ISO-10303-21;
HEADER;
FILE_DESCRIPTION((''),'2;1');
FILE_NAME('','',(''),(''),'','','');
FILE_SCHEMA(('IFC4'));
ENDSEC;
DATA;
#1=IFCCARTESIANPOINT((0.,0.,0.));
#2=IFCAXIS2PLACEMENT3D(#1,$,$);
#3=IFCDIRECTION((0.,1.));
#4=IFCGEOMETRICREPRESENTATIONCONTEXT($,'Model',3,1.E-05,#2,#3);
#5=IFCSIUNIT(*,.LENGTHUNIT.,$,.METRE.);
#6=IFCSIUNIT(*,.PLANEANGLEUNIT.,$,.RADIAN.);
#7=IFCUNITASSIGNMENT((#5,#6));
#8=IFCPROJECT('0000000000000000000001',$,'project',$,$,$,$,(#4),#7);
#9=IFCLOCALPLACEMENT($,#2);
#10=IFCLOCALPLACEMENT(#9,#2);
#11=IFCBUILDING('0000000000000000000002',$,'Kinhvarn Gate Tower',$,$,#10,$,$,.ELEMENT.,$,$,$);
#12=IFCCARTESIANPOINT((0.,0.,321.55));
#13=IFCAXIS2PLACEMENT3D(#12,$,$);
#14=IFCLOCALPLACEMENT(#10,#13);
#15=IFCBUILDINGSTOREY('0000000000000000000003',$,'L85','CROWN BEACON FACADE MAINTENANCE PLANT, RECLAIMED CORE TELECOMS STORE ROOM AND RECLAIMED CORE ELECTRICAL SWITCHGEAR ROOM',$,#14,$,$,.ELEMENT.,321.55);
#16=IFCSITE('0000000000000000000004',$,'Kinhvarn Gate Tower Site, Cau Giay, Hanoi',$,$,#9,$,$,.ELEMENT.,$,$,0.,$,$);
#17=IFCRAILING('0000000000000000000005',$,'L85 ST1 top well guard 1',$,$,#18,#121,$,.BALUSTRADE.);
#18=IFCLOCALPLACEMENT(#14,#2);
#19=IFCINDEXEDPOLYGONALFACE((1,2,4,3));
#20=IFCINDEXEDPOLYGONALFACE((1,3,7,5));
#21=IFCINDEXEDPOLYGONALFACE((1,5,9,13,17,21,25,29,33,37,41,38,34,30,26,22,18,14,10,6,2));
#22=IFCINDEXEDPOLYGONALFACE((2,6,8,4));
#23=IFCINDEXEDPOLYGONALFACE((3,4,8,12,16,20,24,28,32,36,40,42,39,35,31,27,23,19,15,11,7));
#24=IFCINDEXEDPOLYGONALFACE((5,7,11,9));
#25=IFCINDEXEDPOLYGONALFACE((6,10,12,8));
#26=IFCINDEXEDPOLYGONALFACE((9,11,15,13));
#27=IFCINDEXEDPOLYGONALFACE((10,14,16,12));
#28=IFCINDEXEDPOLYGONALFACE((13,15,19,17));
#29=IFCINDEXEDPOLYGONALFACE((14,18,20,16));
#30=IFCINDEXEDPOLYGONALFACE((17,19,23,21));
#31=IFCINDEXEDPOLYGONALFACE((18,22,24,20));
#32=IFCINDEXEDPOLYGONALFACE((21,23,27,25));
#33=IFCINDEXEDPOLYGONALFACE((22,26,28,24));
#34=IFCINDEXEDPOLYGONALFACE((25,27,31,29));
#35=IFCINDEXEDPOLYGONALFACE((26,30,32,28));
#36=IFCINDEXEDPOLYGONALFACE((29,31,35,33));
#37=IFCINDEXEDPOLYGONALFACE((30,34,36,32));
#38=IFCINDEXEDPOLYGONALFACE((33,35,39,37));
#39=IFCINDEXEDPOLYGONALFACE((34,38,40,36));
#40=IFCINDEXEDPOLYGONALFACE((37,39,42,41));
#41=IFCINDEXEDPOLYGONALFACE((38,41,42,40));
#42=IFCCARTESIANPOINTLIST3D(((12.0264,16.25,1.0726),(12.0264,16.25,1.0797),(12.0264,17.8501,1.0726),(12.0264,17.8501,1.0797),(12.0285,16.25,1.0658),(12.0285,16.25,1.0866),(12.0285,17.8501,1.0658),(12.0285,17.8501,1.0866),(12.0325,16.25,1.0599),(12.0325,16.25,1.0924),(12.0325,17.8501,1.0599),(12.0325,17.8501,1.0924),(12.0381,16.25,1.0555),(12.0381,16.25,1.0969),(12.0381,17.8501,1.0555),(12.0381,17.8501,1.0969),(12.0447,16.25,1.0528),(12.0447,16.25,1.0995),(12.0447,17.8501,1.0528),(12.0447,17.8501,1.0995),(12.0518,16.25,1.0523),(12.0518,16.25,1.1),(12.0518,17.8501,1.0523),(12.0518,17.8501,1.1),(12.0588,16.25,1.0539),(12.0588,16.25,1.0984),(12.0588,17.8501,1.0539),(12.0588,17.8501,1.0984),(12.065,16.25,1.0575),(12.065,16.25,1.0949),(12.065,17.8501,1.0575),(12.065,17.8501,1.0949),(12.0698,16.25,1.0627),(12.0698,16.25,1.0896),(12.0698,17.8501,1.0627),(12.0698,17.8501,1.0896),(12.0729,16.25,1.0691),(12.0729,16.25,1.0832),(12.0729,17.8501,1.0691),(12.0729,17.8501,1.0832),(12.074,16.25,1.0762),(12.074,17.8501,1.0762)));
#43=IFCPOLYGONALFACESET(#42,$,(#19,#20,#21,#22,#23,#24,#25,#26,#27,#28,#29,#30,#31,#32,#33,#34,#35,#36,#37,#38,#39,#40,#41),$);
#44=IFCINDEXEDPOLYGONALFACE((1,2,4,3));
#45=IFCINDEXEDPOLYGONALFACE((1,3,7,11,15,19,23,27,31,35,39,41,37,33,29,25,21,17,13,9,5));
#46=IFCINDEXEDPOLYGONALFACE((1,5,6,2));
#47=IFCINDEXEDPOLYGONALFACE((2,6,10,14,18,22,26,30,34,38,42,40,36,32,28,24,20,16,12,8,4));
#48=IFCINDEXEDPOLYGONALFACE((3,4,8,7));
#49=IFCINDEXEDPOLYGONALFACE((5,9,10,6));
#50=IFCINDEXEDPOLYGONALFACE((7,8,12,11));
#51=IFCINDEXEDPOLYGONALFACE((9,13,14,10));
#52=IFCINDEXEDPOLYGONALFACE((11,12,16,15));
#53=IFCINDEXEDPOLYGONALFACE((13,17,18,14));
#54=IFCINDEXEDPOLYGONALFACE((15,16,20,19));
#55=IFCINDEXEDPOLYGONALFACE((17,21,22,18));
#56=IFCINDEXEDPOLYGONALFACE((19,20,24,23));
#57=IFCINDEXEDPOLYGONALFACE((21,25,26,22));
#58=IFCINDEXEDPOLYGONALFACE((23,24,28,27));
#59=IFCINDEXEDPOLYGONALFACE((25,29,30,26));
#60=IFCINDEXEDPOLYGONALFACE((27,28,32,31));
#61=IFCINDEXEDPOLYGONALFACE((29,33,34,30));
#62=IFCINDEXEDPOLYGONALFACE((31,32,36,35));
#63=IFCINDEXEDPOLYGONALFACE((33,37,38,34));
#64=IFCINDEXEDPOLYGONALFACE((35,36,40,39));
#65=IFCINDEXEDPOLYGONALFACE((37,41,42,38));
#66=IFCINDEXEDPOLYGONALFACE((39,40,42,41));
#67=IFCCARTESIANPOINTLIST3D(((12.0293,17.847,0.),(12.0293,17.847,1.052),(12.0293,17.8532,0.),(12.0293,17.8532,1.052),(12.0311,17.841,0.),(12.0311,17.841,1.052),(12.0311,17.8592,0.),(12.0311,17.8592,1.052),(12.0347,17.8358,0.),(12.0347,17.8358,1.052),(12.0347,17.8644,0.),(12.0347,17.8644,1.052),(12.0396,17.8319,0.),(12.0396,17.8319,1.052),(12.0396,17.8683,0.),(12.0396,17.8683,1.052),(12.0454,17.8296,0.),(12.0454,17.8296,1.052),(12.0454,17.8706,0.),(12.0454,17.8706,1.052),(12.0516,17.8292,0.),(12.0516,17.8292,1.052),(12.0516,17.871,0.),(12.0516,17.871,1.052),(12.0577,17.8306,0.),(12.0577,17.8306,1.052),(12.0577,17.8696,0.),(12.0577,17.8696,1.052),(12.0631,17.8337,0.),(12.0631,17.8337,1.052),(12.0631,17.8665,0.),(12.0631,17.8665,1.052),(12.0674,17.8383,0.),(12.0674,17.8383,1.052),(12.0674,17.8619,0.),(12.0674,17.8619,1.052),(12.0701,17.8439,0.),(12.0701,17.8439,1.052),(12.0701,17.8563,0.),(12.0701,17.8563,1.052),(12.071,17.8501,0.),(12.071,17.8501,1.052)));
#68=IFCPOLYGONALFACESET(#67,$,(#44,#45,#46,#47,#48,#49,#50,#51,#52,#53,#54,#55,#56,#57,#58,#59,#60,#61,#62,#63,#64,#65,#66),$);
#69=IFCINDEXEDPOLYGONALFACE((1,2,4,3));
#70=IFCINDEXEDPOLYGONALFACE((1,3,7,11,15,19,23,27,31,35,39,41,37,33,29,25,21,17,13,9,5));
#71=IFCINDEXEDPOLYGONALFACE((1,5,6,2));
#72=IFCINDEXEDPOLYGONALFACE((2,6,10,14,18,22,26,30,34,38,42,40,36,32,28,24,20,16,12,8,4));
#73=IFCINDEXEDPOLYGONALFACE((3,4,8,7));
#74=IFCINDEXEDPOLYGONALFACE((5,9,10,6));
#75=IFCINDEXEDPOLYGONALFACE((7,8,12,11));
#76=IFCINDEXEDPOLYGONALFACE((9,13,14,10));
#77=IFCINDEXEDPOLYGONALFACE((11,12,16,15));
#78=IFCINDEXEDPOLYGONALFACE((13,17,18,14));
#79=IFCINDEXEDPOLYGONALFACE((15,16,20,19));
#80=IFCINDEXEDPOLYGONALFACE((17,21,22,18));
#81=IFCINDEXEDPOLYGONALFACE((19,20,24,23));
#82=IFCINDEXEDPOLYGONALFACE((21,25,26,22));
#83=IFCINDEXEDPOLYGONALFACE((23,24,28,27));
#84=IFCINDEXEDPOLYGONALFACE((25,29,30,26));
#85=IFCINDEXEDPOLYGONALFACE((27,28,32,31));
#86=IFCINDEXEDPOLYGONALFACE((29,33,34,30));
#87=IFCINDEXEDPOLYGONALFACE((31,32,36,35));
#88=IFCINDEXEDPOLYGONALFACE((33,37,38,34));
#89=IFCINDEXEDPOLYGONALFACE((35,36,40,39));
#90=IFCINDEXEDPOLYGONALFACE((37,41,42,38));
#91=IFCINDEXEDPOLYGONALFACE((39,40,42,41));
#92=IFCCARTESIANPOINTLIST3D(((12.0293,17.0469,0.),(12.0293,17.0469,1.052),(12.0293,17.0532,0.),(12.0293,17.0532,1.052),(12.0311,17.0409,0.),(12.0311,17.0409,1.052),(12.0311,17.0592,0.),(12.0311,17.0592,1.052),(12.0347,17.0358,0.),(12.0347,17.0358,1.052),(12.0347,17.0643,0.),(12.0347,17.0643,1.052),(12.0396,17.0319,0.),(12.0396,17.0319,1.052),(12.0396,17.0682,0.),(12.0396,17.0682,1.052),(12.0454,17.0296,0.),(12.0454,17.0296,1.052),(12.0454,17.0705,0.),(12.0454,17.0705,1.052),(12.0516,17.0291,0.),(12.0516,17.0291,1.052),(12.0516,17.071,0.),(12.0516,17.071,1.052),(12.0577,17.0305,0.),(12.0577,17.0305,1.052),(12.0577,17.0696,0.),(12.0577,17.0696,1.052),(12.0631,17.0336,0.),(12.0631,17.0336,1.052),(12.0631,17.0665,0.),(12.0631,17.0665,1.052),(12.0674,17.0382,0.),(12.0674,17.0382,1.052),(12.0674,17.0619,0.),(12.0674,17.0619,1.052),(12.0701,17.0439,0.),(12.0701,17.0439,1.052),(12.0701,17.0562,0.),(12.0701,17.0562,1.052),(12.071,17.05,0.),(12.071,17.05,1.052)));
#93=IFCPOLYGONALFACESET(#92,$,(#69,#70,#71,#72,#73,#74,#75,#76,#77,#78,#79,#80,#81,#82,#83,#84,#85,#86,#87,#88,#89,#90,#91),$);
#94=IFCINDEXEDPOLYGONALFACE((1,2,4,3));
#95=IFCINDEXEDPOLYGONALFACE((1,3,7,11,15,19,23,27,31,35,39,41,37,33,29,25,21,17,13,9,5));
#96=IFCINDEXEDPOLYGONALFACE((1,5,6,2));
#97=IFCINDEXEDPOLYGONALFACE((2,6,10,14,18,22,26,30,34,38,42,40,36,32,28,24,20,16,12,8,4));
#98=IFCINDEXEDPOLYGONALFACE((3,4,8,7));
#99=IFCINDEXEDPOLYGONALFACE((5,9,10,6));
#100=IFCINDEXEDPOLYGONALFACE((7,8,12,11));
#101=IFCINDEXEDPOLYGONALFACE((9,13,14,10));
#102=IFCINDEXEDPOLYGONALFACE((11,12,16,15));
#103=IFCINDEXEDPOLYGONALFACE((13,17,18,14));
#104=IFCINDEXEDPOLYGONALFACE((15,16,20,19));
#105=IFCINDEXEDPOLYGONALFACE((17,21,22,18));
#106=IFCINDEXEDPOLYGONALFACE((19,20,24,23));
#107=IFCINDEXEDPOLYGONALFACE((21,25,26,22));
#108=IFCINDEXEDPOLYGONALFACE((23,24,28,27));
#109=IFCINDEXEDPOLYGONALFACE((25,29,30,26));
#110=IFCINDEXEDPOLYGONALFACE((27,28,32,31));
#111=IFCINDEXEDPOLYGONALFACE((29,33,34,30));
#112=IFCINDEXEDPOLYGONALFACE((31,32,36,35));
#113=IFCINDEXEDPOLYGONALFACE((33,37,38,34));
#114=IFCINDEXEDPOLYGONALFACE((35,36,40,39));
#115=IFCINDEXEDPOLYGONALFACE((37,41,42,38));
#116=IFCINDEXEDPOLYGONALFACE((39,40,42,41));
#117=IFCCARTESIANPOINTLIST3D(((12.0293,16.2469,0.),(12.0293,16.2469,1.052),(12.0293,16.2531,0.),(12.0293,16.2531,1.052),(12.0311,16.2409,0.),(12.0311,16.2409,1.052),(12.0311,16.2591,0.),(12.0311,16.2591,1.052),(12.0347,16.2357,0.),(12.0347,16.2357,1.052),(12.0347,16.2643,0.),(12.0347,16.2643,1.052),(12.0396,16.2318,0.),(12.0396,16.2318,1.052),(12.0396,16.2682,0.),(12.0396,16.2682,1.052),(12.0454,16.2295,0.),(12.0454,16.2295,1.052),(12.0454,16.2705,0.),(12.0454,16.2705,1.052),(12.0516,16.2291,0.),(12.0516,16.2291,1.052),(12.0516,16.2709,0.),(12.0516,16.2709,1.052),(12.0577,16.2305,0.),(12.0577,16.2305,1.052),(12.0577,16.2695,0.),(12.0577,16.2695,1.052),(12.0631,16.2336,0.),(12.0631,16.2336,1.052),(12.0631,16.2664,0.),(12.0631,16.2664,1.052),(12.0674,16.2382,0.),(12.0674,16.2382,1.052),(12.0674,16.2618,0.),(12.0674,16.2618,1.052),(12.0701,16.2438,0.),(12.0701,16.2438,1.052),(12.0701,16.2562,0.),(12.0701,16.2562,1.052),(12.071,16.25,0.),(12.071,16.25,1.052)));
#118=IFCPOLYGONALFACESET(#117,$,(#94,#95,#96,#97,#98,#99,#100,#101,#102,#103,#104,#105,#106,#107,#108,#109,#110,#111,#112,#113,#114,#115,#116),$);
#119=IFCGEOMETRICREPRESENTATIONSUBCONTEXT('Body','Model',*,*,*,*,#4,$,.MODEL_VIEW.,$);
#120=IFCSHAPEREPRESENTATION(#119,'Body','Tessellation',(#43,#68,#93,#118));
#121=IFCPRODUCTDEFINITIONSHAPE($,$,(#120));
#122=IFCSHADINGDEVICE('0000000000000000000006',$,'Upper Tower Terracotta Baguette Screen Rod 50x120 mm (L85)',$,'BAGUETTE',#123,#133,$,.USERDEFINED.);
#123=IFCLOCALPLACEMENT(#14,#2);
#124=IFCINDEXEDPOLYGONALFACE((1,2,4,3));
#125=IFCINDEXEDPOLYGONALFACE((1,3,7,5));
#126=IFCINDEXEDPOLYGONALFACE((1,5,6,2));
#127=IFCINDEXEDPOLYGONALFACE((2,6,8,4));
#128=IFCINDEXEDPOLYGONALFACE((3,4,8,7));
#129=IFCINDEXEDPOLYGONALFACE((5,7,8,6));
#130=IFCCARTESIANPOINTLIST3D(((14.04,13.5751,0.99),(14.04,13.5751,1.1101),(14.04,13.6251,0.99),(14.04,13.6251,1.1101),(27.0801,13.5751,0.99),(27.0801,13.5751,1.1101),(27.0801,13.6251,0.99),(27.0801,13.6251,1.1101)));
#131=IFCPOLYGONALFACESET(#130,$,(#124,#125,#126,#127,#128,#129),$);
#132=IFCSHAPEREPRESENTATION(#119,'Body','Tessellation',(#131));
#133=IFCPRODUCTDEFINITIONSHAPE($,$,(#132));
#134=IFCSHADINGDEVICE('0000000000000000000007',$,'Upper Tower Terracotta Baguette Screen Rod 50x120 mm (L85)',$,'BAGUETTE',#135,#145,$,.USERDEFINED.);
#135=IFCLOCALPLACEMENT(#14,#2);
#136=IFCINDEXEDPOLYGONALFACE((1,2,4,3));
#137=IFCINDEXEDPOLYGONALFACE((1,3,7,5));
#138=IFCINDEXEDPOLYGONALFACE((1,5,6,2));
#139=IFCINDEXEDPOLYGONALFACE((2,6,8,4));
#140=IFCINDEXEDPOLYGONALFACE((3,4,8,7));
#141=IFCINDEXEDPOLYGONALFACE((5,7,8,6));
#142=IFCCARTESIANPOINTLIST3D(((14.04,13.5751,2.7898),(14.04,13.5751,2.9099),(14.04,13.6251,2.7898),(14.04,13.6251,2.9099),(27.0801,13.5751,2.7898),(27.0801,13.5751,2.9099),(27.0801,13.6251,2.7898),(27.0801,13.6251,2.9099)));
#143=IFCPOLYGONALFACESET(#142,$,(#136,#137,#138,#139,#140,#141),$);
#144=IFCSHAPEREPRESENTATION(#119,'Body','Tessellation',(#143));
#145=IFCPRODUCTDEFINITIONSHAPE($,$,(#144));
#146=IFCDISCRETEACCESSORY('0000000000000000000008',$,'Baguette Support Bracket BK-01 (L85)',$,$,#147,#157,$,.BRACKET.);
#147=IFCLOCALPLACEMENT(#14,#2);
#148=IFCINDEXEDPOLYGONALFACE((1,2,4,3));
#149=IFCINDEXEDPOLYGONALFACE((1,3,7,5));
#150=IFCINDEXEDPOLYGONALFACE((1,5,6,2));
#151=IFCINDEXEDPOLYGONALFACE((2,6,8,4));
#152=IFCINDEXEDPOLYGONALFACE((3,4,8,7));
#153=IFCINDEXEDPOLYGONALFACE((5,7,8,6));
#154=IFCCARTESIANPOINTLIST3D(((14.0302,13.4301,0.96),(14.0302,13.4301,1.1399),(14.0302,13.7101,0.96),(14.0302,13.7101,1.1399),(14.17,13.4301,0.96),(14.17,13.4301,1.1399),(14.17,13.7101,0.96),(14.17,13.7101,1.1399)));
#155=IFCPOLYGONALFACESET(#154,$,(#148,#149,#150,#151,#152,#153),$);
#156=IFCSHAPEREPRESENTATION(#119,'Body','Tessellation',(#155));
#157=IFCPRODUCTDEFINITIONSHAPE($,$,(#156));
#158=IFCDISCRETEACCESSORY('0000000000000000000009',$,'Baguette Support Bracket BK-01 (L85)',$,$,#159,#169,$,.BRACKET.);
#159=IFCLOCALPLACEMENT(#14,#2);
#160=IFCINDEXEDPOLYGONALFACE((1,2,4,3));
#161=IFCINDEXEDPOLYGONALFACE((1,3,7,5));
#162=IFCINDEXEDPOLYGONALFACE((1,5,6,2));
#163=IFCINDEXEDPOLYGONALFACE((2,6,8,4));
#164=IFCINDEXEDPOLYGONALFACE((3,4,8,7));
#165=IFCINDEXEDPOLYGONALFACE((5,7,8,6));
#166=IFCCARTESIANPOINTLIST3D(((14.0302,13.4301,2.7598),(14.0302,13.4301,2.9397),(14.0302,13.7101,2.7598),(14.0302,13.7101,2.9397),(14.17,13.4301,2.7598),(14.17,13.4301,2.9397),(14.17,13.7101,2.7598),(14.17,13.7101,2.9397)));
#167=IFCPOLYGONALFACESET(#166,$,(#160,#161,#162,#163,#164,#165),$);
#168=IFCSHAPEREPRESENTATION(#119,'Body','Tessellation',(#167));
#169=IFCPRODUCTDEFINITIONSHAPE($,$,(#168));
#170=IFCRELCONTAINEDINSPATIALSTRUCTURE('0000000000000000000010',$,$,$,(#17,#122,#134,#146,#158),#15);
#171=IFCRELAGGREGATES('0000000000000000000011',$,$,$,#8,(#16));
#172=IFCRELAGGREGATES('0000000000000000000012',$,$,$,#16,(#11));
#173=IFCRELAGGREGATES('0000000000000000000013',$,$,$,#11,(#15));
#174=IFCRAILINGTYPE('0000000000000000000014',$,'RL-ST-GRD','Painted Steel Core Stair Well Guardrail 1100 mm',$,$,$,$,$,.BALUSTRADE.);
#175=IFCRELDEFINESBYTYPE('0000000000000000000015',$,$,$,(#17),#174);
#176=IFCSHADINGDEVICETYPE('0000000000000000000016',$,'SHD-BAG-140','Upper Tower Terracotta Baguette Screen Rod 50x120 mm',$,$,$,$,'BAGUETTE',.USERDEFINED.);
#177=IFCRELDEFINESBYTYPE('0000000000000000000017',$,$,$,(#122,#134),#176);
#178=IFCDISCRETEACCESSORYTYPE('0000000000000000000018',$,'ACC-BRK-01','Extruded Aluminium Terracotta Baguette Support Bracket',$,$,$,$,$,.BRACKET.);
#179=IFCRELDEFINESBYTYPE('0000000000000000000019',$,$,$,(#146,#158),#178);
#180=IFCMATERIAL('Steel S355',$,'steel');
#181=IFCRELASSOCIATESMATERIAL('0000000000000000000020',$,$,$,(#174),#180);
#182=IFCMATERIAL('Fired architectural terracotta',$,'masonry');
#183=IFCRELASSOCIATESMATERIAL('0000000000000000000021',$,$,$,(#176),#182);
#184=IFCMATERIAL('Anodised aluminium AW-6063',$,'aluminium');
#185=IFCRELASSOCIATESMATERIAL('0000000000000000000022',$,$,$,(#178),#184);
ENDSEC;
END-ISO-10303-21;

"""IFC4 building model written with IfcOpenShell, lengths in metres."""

from ifc_helpers import new_model, si_unit, direction, frame, origin, origin_2d, place, context, subcontext, project, spatial, rectangle, circle, extrude, material, material_profile, profile_set, type_object, element, save


model = new_model("IFC4")

# Units and contexts
model_context = context("Model", 3, precision=1e-05, world=origin(), true_north=direction((0.0, 1.0)))
body_context = subcontext(model_context, "Body", "Model", "MODEL_VIEW")
ifc_project = project(units=[si_unit("LENGTHUNIT", "METRE"), si_unit("PLANEANGLEUNIT", "RADIAN")], contexts=[model_context])

# Site, building, storey
site_placement = place(None, origin())
site = spatial("IfcSite", under=ifc_project, at=site_placement, Name="Kinhvarn Gate Tower Site, Cau Giay, Hanoi", CompositionType="ELEMENT", RefElevation=0.0)
building_placement = place(site_placement, origin())
building = spatial("IfcBuilding", under=site, at=building_placement, Name="Kinhvarn Gate Tower", CompositionType="ELEMENT")
storey_placement = place(building_placement, frame((0.0, 0.0, 321.55)))
storey = spatial("IfcBuildingStorey", under=building, at=storey_placement, Name="L85", Description="CROWN BEACON FACADE MAINTENANCE PLANT, RECLAIMED CORE TELECOMS STORE ROOM AND RECLAIMED CORE ELECTRICAL SWITCHGEAR ROOM", CompositionType="ELEMENT", Elevation=321.55)

# Shared definitions
ifc_material_1 = material(Name="Anodised aluminium AW-6063", Category="aluminium")

# Shared definitions
ifc_material_2 = material(Name="Steel S355", Category="steel")

# Shared definitions
ifc_material_3 = material(Name="Fired architectural terracotta", Category="masonry")

# Railing
railing_type = type_object("IfcRailingType", Name="RL-ST-GRD", Description="Painted Steel Core Stair Well Guardrail 1100 mm", PredefinedType="BALUSTRADE", material=ifc_material_2)
railing_placement = place(storey_placement, frame((12.05, 17.8501, 0.0)))
element("IfcRailing", 1, at=railing_placement, inside=storey, type_object=railing_type, Name="L85 ST1 top well guard 1", PredefinedType="BALUSTRADE", context=body_context, shape_type="SweptSolid", body=[
    extrude(circle(Radius=0.0239, at=origin_2d()), frame((0.0, 0.0, 1.0762), z_axis=(0.0, -1.0, 0.0), x_axis=(1.0, 0.0, 0.0)), (0.0, 0.0, 1.0), 1.6001),
    extrude(circle(Radius=0.021, at=origin_2d()), origin(), (0.0, 0.0, 1.0), 1.052),
    extrude(circle(Radius=0.021, at=origin_2d()), frame((0.0, -0.8, 0.0)), (0.0, 0.0, 1.0), 1.052),
    extrude(circle(Radius=0.021, at=origin_2d()), frame((0.0, -1.6001, 0.0)), (0.0, 0.0, 1.0), 1.052),
])

# Shading devices
ifc_material_profile_1 = material_profile(ifc_material_3, rectangle(XDim=0.05, YDim=0.1201, at=origin_2d()), Name="TC 50x120")
ifc_profile_set_1 = profile_set([ifc_material_profile_1], Name="Fired architectural terracotta")
shading_device_type = type_object("IfcShadingDeviceType", Name="SHD-BAG-140", Description="Upper Tower Terracotta Baguette Screen Rod 50x120 mm", ElementType="BAGUETTE", PredefinedType="USERDEFINED", material=ifc_profile_set_1)
for number, where, z_axis, x_axis, name in (
    (2, (14.04, 13.6001, 1.05), (1.0, 0.0, 0.0), (0.0, 1.0, 0.0), "Upper Tower Terracotta Baguette Screen Rod 50x120 mm (L85)"),
    (3, (14.04, 13.6001, 2.8499), (1.0, 0.0, 0.0), (0.0, 1.0, 0.0), "Upper Tower Terracotta Baguette Screen Rod 50x120 mm (L85)"),
):
    element("IfcShadingDevice", number, at=place(storey_placement, frame(where, z_axis=z_axis, x_axis=x_axis)), inside=storey, type_object=shading_device_type, Name=name, ObjectType="BAGUETTE", PredefinedType="USERDEFINED", context=body_context, shape_type="SweptSolid", body=[
        extrude(rectangle(XDim=0.05, YDim=0.1201, at=origin_2d()), origin(), (0.0, 0.0, 1.0), 13.04),
    ])

# Discrete accessories
discrete_accessory_type = type_object("IfcDiscreteAccessoryType", Name="ACC-BRK-01", Description="Extruded Aluminium Terracotta Baguette Support Bracket", PredefinedType="BRACKET", material=ifc_material_1)
for number, where, z_axis, x_axis, name in (
    (4, (14.1001, 13.5701, 0.96), (0.0, 0.0, 1.0), (1.0, 0.0, 0.0), "Baguette Support Bracket BK-01 (L85)"),
    (5, (14.1001, 13.5701, 2.7598), (0.0, 0.0, 1.0), (1.0, 0.0, 0.0), "Baguette Support Bracket BK-01 (L85)"),
):
    element("IfcDiscreteAccessory", number, at=place(storey_placement, frame(where, z_axis=z_axis, x_axis=x_axis)), inside=storey, type_object=discrete_accessory_type, Name=name, PredefinedType="BRACKET", context=body_context, shape_type="SweptSolid", body=[
        extrude(rectangle(XDim=0.1399, YDim=0.28, at=origin_2d()), origin(), (0.0, 0.0, 1.0), 0.1799),
    ])

save(model, "model.ifc")
